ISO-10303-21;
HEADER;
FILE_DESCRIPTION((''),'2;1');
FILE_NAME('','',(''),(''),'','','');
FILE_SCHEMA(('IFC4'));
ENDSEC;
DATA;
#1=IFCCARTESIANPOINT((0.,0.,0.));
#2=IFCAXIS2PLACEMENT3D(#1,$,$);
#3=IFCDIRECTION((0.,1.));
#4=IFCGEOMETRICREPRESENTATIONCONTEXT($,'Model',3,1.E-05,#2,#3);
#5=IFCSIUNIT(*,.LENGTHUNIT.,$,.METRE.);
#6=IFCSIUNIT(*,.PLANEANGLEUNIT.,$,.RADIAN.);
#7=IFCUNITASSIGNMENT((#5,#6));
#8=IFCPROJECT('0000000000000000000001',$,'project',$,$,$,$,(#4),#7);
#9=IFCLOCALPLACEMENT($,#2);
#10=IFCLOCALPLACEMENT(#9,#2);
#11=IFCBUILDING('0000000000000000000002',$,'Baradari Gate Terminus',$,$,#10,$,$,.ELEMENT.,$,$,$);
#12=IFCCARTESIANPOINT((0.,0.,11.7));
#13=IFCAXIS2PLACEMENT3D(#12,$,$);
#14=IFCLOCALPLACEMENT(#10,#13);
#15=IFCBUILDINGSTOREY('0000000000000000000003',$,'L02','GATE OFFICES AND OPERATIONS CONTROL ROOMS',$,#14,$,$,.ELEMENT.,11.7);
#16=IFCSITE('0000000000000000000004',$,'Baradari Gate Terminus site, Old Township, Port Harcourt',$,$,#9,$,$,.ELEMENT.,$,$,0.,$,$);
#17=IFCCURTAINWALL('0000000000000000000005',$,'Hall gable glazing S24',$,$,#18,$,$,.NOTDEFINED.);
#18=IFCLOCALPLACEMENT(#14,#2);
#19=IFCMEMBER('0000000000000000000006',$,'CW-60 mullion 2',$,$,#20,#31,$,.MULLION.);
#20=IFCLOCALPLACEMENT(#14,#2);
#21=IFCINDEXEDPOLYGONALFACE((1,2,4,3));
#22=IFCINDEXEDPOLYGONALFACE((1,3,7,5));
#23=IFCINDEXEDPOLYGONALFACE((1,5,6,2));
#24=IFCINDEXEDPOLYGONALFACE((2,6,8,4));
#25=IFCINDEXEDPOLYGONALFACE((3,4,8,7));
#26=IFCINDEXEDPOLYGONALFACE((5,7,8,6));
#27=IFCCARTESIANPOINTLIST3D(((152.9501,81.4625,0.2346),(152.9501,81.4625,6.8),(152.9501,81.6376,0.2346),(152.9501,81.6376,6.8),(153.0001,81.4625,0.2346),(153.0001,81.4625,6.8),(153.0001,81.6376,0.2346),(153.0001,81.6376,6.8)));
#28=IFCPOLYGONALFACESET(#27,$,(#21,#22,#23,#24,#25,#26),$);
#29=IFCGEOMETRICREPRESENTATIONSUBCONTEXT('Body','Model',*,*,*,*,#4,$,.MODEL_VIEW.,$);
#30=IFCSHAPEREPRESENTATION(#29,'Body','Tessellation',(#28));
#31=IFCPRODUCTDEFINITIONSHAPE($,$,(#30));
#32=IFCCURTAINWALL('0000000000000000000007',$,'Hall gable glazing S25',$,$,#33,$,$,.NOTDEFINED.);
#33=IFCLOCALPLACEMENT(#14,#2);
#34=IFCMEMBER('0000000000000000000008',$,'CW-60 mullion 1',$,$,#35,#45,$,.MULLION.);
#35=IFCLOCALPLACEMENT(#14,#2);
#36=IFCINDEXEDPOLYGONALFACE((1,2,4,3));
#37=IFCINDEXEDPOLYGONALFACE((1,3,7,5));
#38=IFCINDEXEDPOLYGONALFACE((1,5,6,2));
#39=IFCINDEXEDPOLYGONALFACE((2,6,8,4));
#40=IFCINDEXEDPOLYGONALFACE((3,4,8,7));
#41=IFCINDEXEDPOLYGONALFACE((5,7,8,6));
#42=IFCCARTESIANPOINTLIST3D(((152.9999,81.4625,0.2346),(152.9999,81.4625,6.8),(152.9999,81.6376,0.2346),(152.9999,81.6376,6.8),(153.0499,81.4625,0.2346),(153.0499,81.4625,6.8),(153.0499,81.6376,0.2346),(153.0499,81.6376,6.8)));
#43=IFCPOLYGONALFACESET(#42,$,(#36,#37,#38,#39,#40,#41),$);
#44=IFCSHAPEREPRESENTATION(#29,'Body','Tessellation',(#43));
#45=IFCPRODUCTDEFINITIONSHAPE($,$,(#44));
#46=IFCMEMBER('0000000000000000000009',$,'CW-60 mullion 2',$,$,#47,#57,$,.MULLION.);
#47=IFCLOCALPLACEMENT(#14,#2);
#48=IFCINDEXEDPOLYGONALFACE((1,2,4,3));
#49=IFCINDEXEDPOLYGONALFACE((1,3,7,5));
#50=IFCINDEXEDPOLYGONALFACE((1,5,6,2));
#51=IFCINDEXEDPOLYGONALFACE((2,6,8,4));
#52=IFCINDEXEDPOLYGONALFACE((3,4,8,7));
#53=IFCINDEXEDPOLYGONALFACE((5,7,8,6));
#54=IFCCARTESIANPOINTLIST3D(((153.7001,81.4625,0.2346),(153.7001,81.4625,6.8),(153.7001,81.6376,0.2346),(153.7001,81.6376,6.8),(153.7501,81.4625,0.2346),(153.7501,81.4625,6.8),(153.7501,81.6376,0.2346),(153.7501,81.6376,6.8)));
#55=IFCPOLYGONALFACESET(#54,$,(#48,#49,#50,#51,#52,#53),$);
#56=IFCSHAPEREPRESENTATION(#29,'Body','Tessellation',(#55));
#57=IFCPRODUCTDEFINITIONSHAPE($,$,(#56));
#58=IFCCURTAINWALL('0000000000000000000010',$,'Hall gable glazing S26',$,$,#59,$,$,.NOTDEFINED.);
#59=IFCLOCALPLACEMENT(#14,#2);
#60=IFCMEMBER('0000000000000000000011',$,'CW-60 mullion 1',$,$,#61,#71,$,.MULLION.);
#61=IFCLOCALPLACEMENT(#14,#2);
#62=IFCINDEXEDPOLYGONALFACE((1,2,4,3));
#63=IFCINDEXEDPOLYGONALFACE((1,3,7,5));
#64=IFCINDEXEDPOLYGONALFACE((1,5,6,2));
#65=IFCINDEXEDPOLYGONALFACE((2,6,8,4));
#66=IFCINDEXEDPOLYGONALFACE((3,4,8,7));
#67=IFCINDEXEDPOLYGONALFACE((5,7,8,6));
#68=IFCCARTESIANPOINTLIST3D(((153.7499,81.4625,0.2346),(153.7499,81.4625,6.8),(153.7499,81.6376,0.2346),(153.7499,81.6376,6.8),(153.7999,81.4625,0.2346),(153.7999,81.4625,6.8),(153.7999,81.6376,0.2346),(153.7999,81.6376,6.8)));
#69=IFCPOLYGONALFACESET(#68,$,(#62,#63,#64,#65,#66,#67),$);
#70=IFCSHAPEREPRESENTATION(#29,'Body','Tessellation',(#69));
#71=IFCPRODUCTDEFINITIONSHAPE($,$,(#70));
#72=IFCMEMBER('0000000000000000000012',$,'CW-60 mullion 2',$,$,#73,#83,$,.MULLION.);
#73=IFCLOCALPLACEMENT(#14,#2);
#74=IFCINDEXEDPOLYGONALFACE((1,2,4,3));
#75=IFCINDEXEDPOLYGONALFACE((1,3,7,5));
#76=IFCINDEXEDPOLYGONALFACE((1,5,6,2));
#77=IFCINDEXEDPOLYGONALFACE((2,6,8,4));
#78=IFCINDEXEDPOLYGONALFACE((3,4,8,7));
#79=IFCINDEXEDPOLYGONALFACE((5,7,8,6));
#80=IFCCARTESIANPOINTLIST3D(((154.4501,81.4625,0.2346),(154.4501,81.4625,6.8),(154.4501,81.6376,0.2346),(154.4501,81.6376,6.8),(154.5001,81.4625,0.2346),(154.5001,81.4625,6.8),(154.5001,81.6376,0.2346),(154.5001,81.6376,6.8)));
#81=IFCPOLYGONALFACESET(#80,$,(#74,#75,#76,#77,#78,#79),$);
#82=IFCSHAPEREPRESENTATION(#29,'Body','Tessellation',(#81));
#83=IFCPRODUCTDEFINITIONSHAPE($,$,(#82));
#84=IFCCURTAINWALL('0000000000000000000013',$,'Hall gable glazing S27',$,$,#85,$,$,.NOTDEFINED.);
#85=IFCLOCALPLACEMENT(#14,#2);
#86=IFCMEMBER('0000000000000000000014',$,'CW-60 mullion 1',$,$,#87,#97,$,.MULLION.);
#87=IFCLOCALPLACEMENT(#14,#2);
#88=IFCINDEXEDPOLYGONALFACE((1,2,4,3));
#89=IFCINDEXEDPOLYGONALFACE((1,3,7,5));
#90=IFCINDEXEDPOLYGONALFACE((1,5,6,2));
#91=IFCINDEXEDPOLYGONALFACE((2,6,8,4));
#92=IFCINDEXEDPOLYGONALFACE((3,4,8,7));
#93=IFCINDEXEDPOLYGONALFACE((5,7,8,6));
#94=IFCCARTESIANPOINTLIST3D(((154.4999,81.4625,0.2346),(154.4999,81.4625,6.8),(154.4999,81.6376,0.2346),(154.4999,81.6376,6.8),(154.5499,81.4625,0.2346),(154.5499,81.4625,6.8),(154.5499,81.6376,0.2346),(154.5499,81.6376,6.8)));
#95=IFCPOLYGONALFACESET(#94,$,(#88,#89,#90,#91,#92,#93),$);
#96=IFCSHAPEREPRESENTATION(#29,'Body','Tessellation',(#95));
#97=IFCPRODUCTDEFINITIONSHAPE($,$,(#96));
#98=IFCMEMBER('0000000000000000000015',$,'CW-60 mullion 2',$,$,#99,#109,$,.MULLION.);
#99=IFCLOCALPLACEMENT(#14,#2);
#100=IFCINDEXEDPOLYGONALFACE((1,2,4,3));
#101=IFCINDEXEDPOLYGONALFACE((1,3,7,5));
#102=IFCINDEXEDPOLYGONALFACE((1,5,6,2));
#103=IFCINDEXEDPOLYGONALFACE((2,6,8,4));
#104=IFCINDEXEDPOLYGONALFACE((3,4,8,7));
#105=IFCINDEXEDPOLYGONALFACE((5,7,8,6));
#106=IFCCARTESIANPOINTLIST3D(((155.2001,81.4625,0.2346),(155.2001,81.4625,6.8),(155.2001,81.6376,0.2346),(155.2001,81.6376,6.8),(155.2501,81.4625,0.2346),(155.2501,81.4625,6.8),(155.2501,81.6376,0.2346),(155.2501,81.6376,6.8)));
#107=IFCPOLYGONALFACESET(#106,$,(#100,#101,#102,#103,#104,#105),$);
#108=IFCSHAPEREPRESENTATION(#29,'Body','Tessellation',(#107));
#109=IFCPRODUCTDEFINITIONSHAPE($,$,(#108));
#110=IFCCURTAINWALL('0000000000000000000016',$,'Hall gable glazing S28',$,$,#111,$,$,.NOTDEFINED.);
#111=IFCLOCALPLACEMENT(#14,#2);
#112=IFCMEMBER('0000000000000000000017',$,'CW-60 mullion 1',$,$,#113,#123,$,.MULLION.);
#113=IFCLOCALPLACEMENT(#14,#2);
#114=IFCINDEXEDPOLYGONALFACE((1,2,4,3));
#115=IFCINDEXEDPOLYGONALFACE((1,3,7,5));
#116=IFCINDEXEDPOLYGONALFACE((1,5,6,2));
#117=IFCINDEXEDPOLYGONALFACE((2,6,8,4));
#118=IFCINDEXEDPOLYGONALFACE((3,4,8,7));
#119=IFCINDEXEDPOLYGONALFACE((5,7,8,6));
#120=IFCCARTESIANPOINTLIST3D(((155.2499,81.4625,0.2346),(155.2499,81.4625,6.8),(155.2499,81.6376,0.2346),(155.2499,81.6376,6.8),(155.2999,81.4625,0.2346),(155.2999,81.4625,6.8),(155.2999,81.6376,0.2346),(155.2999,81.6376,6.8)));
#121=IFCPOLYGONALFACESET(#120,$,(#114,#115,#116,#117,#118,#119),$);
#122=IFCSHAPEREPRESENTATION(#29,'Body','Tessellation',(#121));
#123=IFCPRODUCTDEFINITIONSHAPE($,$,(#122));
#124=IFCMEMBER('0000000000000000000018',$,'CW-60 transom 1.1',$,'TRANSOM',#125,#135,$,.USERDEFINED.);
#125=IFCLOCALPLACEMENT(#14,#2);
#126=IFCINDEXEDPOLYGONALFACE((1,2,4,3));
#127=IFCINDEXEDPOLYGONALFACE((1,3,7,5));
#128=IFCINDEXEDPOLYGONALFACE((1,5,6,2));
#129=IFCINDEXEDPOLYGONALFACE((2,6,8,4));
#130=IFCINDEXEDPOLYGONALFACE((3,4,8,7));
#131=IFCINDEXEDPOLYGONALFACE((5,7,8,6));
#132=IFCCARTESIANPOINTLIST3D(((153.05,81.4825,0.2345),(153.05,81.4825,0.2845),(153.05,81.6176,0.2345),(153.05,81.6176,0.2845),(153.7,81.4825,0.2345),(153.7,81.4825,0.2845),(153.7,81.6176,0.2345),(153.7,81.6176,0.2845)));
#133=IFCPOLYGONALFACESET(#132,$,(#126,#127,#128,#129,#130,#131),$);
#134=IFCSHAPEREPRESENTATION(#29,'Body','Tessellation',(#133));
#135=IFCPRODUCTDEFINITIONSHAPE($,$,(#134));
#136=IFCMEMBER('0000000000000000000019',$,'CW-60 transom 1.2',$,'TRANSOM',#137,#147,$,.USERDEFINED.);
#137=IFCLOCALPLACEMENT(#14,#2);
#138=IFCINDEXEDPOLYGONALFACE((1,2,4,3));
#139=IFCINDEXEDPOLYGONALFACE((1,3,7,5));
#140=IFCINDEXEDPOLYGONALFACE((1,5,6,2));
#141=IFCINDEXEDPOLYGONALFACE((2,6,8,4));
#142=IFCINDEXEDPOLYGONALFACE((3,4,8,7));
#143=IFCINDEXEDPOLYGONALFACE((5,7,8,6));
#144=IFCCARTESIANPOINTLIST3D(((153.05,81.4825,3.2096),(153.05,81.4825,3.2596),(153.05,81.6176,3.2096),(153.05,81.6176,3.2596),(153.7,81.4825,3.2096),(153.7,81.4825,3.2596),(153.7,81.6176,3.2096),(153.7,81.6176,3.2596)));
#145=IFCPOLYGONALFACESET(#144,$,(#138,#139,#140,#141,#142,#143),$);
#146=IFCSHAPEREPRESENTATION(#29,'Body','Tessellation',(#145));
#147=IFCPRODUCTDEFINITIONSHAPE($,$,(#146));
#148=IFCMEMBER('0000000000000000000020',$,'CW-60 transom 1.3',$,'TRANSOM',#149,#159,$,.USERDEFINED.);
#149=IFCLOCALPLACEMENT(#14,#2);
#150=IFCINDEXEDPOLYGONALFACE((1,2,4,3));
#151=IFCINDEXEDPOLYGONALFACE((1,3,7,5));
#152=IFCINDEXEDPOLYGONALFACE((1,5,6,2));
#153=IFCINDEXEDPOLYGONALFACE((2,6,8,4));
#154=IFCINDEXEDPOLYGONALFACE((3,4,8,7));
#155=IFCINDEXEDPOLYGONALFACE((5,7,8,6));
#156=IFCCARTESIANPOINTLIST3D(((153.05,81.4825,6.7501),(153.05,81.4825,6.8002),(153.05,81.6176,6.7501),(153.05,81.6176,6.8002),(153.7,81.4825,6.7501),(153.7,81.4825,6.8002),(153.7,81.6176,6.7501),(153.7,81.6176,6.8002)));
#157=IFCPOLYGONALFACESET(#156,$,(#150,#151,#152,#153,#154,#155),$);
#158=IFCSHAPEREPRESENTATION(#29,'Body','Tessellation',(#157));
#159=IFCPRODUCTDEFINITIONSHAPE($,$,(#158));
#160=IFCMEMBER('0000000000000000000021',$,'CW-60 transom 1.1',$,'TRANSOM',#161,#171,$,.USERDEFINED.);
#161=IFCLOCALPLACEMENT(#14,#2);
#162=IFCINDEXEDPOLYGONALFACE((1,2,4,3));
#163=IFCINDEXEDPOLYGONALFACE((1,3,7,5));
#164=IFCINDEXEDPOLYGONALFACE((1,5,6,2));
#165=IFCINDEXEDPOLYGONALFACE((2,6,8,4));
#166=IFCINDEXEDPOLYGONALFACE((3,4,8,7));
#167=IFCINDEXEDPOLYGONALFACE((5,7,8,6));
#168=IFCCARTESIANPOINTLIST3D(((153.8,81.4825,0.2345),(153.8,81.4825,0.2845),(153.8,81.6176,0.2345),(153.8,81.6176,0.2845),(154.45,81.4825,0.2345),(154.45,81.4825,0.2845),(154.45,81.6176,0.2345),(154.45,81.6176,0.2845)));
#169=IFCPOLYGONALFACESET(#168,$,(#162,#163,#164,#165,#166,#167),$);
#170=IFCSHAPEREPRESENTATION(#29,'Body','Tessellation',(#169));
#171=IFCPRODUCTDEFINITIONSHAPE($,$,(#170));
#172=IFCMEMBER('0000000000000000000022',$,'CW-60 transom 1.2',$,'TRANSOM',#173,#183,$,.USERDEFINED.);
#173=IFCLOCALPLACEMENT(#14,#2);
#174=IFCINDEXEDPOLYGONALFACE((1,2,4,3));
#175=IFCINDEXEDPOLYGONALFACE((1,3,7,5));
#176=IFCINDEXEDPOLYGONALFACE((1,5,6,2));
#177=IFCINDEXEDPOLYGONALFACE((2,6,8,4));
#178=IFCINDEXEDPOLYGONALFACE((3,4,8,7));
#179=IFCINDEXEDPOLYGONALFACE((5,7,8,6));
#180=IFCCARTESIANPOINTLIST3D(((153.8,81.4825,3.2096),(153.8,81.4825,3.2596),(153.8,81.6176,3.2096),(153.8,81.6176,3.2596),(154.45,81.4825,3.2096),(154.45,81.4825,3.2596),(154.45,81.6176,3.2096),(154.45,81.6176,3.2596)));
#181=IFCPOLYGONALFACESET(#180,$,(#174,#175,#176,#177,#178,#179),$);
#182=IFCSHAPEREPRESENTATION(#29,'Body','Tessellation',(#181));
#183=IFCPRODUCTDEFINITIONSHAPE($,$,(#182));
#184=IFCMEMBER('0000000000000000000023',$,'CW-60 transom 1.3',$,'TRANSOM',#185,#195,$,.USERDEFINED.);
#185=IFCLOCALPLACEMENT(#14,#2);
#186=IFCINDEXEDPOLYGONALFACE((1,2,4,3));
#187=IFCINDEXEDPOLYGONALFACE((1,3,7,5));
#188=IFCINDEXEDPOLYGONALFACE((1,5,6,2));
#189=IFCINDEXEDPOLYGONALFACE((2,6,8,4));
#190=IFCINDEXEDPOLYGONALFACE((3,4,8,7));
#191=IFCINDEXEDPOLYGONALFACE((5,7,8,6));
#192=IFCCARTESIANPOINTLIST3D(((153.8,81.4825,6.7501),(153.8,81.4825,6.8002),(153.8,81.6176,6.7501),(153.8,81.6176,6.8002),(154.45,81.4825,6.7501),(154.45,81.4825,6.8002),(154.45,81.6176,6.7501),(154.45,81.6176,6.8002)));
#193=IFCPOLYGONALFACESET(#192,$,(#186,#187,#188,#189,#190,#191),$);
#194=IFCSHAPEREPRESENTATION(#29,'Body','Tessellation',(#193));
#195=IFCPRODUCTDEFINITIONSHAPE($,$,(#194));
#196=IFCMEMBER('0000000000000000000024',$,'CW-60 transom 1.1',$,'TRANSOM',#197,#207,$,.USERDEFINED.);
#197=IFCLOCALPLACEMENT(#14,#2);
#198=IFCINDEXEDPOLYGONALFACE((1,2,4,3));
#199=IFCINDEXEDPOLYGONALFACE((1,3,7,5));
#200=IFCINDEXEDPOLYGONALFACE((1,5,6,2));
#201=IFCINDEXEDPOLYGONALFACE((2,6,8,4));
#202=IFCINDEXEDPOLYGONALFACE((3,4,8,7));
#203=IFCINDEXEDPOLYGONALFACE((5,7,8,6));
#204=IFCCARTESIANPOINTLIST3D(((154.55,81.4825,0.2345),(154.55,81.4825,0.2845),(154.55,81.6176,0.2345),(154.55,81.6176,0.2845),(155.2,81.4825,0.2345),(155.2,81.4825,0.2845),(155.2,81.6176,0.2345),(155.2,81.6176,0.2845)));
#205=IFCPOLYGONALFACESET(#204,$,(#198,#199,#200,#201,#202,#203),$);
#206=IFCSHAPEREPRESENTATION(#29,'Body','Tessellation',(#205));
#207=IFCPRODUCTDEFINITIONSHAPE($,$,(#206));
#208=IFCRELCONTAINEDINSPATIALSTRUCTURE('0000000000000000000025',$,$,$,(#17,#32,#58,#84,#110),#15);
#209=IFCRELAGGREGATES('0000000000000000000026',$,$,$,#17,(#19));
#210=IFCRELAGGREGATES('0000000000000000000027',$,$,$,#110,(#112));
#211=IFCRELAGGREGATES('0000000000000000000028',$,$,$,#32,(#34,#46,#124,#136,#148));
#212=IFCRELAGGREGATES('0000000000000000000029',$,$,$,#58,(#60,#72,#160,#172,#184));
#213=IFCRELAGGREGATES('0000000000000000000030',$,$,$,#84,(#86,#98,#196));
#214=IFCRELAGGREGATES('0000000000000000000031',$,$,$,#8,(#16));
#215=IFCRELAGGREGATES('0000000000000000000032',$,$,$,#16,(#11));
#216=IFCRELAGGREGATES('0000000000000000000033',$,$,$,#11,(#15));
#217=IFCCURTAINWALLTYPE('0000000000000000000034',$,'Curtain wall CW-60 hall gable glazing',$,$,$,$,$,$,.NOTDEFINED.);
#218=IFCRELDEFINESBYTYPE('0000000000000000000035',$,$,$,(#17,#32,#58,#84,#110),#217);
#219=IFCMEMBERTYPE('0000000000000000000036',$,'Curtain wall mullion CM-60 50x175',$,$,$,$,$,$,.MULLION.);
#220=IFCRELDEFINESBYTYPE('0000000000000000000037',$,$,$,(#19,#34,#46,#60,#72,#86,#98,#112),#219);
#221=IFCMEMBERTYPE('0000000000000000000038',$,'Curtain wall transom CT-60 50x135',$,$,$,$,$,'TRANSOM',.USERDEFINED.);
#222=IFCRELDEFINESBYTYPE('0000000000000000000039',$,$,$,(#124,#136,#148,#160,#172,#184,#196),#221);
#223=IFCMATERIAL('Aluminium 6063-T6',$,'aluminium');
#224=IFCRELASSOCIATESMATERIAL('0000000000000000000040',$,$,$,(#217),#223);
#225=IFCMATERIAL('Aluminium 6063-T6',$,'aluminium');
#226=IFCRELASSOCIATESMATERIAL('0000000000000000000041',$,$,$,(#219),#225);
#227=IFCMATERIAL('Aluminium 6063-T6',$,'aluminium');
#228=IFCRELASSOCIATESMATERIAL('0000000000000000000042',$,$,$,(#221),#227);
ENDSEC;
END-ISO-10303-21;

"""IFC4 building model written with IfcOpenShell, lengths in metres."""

from ifc_helpers import new_model, si_unit, direction, frame, origin, origin_2d, place, context, subcontext, project, spatial, rectangle, extrude, material, material_profile, profile_set, type_object, element, aggregate, save


model = new_model("IFC4")

# Units and contexts
model_context = context("Model", 3, precision=1e-05, world=origin(), true_north=direction((0.0, 1.0)))
body_context = subcontext(model_context, "Body", "Model", "MODEL_VIEW")
ifc_project = project(units=[si_unit("LENGTHUNIT", "METRE"), si_unit("PLANEANGLEUNIT", "RADIAN")], contexts=[model_context])

# Site, building, storey
site_placement = place(None, origin())
site = spatial("IfcSite", under=ifc_project, at=site_placement, Name="Baradari Gate Terminus site, Old Township, Port Harcourt", CompositionType="ELEMENT", RefElevation=0.0)
building_placement = place(site_placement, origin())
building = spatial("IfcBuilding", under=site, at=building_placement, Name="Baradari Gate Terminus", CompositionType="ELEMENT")
storey_placement = place(building_placement, frame((0.0, 0.0, 11.7)))
storey = spatial("IfcBuildingStorey", under=building, at=storey_placement, Name="L02", Description="GATE OFFICES AND OPERATIONS CONTROL ROOMS", CompositionType="ELEMENT", Elevation=11.7)

# Curtain wall, member
ifc_material_1 = material(Name="Aluminium 6063-T6", Category="aluminium")
curtain_wall_type = type_object("IfcCurtainWallType", Name="Curtain wall CW-60 hall gable glazing", PredefinedType="NOTDEFINED", material=ifc_material_1)
curtain_wall_1_placement = place(storey_placement, origin())
curtain_wall_1 = element("IfcCurtainWall", 1, at=curtain_wall_1_placement, inside=storey, type_object=curtain_wall_type, Name="Hall gable glazing S24", PredefinedType="NOTDEFINED")
ifc_material_2 = material(Name="Aluminium 6063-T6", Category="aluminium")
ifc_material_profile_1 = material_profile(ifc_material_2, rectangle(XDim=0.175, YDim=0.05, at=origin_2d()), Name="CM-60 50X175")
ifc_profile_set_1 = profile_set([ifc_material_profile_1], Name="Aluminium 6063-T6")
member_type_1 = type_object("IfcMemberType", Name="Curtain wall mullion CM-60 50x175", PredefinedType="MULLION", material=ifc_profile_set_1)
member_1_placement = place(storey_placement, frame((152.9751, 81.55, 0.2346), z_axis=(0.0, 0.0, 1.0), x_axis=(0.0, 1.0, 0.0)))
member_1 = element("IfcMember", 2, at=member_1_placement, type_object=member_type_1, Name="CW-60 mullion 2", PredefinedType="MULLION", context=body_context, shape_type="SweptSolid", body=[
    extrude(rectangle(XDim=0.175, YDim=0.05, at=origin_2d()), origin(), (0.0, 0.0, 1.0), 6.5654),
])
aggregate(curtain_wall_1, [member_1])

# Curtain walls, members
curtain_wall_2_placement = place(storey_placement, origin())
curtain_wall_2 = element("IfcCurtainWall", 3, at=curtain_wall_2_placement, inside=storey, type_object=curtain_wall_type, Name="Hall gable glazing S25", PredefinedType="NOTDEFINED")
member_2_placement = place(storey_placement, frame((153.0249, 81.55, 0.2346), z_axis=(0.0, 0.0, 1.0), x_axis=(0.0, 1.0, 0.0)))
member_2 = element("IfcMember", 4, at=member_2_placement, type_object=member_type_1, Name="CW-60 mullion 1", PredefinedType="MULLION", context=body_context, shape_type="SweptSolid", body=[
    extrude(rectangle(XDim=0.175, YDim=0.05, at=origin_2d()), origin(), (0.0, 0.0, 1.0), 6.5654),
])
member_3_placement = place(storey_placement, frame((153.7251, 81.55, 0.2346), z_axis=(0.0, 0.0, 1.0), x_axis=(0.0, 1.0, 0.0)))
member_3 = element("IfcMember", 5, at=member_3_placement, type_object=member_type_1, Name="CW-60 mullion 2", PredefinedType="MULLION", context=body_context, shape_type="SweptSolid", body=[
    extrude(rectangle(XDim=0.175, YDim=0.05, at=origin_2d()), origin(), (0.0, 0.0, 1.0), 6.5654),
])
curtain_wall_3_placement = place(storey_placement, origin())
curtain_wall_3 = element("IfcCurtainWall", 6, at=curtain_wall_3_placement, inside=storey, type_object=curtain_wall_type, Name="Hall gable glazing S26", PredefinedType="NOTDEFINED")
member_4_placement = place(storey_placement, frame((153.7749, 81.55, 0.2346), z_axis=(0.0, 0.0, 1.0), x_axis=(0.0, 1.0, 0.0)))
member_4 = element("IfcMember", 7, at=member_4_placement, type_object=member_type_1, Name="CW-60 mullion 1", PredefinedType="MULLION", context=body_context, shape_type="SweptSolid", body=[
    extrude(rectangle(XDim=0.175, YDim=0.05, at=origin_2d()), origin(), (0.0, 0.0, 1.0), 6.5654),
])
member_5_placement = place(storey_placement, frame((154.4751, 81.55, 0.2346), z_axis=(0.0, 0.0, 1.0), x_axis=(0.0, 1.0, 0.0)))
member_5 = element("IfcMember", 8, at=member_5_placement, type_object=member_type_1, Name="CW-60 mullion 2", PredefinedType="MULLION", context=body_context, shape_type="SweptSolid", body=[
    extrude(rectangle(XDim=0.175, YDim=0.05, at=origin_2d()), origin(), (0.0, 0.0, 1.0), 6.5654),
])
curtain_wall_4_placement = place(storey_placement, origin())
curtain_wall_4 = element("IfcCurtainWall", 9, at=curtain_wall_4_placement, inside=storey, type_object=curtain_wall_type, Name="Hall gable glazing S27", PredefinedType="NOTDEFINED")
member_6_placement = place(storey_placement, frame((154.5249, 81.55, 0.2346), z_axis=(0.0, 0.0, 1.0), x_axis=(0.0, 1.0, 0.0)))
member_6 = element("IfcMember", 10, at=member_6_placement, type_object=member_type_1, Name="CW-60 mullion 1", PredefinedType="MULLION", context=body_context, shape_type="SweptSolid", body=[
    extrude(rectangle(XDim=0.175, YDim=0.05, at=origin_2d()), origin(), (0.0, 0.0, 1.0), 6.5654),
])
member_7_placement = place(storey_placement, frame((155.2251, 81.55, 0.2346), z_axis=(0.0, 0.0, 1.0), x_axis=(0.0, 1.0, 0.0)))
member_7 = element("IfcMember", 11, at=member_7_placement, type_object=member_type_1, Name="CW-60 mullion 2", PredefinedType="MULLION", context=body_context, shape_type="SweptSolid", body=[
    extrude(rectangle(XDim=0.175, YDim=0.05, at=origin_2d()), origin(), (0.0, 0.0, 1.0), 6.5654),
])

# Curtain wall, member
curtain_wall_5_placement = place(storey_placement, origin())
curtain_wall_5 = element("IfcCurtainWall", 12, at=curtain_wall_5_placement, inside=storey, type_object=curtain_wall_type, Name="Hall gable glazing S28", PredefinedType="NOTDEFINED")
member_8_placement = place(storey_placement, frame((155.2749, 81.55, 0.2346), z_axis=(0.0, 0.0, 1.0), x_axis=(0.0, 1.0, 0.0)))
member_8 = element("IfcMember", 13, at=member_8_placement, type_object=member_type_1, Name="CW-60 mullion 1", PredefinedType="MULLION", context=body_context, shape_type="SweptSolid", body=[
    extrude(rectangle(XDim=0.175, YDim=0.05, at=origin_2d()), origin(), (0.0, 0.0, 1.0), 6.5654),
])

# Members
ifc_material_3 = material(Name="Aluminium 6063-T6", Category="aluminium")
ifc_material_profile_2 = material_profile(ifc_material_3, rectangle(XDim=0.135, YDim=0.05, at=origin_2d()), Name="CT-60 50X135")
ifc_profile_set_2 = profile_set([ifc_material_profile_2], Name="Aluminium 6063-T6")
member_type_2 = type_object("IfcMemberType", Name="Curtain wall transom CT-60 50x135", ElementType="TRANSOM", PredefinedType="USERDEFINED", material=ifc_profile_set_2)
member_9_placement = place(storey_placement, frame((153.05, 81.55, 0.2595), z_axis=(1.0, 0.0, 0.0), x_axis=(0.0, 1.0, 0.0)))
member_9 = element("IfcMember", 14, at=member_9_placement, type_object=member_type_2, Name="CW-60 transom 1.1", ObjectType="TRANSOM", PredefinedType="USERDEFINED", context=body_context, shape_type="SweptSolid", body=[
    extrude(rectangle(XDim=0.135, YDim=0.05, at=origin_2d()), origin(), (0.0, 0.0, 1.0), 0.6499),
])
member_10_placement = place(storey_placement, frame((153.05, 81.55, 3.2346), z_axis=(1.0, 0.0, 0.0), x_axis=(0.0, 1.0, 0.0)))
member_10 = element("IfcMember", 15, at=member_10_placement, type_object=member_type_2, Name="CW-60 transom 1.2", ObjectType="TRANSOM", PredefinedType="USERDEFINED", context=body_context, shape_type="SweptSolid", body=[
    extrude(rectangle(XDim=0.135, YDim=0.05, at=origin_2d()), origin(), (0.0, 0.0, 1.0), 0.6499),
])
member_11_placement = place(storey_placement, frame((153.05, 81.55, 6.7751), z_axis=(1.0, 0.0, 0.0), x_axis=(0.0, 1.0, 0.0)))
member_11 = element("IfcMember", 16, at=member_11_placement, type_object=member_type_2, Name="CW-60 transom 1.3", ObjectType="TRANSOM", PredefinedType="USERDEFINED", context=body_context, shape_type="SweptSolid", body=[
    extrude(rectangle(XDim=0.135, YDim=0.05, at=origin_2d()), origin(), (0.0, 0.0, 1.0), 0.6499),
])
member_12_placement = place(storey_placement, frame((153.8, 81.55, 0.2595), z_axis=(1.0, 0.0, 0.0), x_axis=(0.0, 1.0, 0.0)))
member_12 = element("IfcMember", 17, at=member_12_placement, type_object=member_type_2, Name="CW-60 transom 1.1", ObjectType="TRANSOM", PredefinedType="USERDEFINED", context=body_context, shape_type="SweptSolid", body=[
    extrude(rectangle(XDim=0.135, YDim=0.05, at=origin_2d()), origin(), (0.0, 0.0, 1.0), 0.6499),
])
member_13_placement = place(storey_placement, frame((153.8, 81.55, 3.2346), z_axis=(1.0, 0.0, 0.0), x_axis=(0.0, 1.0, 0.0)))
member_13 = element("IfcMember", 18, at=member_13_placement, type_object=member_type_2, Name="CW-60 transom 1.2", ObjectType="TRANSOM", PredefinedType="USERDEFINED", context=body_context, shape_type="SweptSolid", body=[
    extrude(rectangle(XDim=0.135, YDim=0.05, at=origin_2d()), origin(), (0.0, 0.0, 1.0), 0.6499),
])
member_14_placement = place(storey_placement, frame((153.8, 81.55, 6.7751), z_axis=(1.0, 0.0, 0.0), x_axis=(0.0, 1.0, 0.0)))
member_14 = element("IfcMember", 19, at=member_14_placement, type_object=member_type_2, Name="CW-60 transom 1.3", ObjectType="TRANSOM", PredefinedType="USERDEFINED", context=body_context, shape_type="SweptSolid", body=[
    extrude(rectangle(XDim=0.135, YDim=0.05, at=origin_2d()), origin(), (0.0, 0.0, 1.0), 0.6499),
])
member_15_placement = place(storey_placement, frame((154.55, 81.55, 0.2595), z_axis=(1.0, 0.0, 0.0), x_axis=(0.0, 1.0, 0.0)))
member_15 = element("IfcMember", 20, at=member_15_placement, type_object=member_type_2, Name="CW-60 transom 1.1", ObjectType="TRANSOM", PredefinedType="USERDEFINED", context=body_context, shape_type="SweptSolid", body=[
    extrude(rectangle(XDim=0.135, YDim=0.05, at=origin_2d()), origin(), (0.0, 0.0, 1.0), 0.6499),
])
aggregate(curtain_wall_5, [member_8])

aggregate(curtain_wall_2, [member_2, member_3, member_9, member_10, member_11])
aggregate(curtain_wall_3, [member_4, member_5, member_12, member_13, member_14])
aggregate(curtain_wall_4, [member_6, member_7, member_15])

save(model, "model.ifc")
